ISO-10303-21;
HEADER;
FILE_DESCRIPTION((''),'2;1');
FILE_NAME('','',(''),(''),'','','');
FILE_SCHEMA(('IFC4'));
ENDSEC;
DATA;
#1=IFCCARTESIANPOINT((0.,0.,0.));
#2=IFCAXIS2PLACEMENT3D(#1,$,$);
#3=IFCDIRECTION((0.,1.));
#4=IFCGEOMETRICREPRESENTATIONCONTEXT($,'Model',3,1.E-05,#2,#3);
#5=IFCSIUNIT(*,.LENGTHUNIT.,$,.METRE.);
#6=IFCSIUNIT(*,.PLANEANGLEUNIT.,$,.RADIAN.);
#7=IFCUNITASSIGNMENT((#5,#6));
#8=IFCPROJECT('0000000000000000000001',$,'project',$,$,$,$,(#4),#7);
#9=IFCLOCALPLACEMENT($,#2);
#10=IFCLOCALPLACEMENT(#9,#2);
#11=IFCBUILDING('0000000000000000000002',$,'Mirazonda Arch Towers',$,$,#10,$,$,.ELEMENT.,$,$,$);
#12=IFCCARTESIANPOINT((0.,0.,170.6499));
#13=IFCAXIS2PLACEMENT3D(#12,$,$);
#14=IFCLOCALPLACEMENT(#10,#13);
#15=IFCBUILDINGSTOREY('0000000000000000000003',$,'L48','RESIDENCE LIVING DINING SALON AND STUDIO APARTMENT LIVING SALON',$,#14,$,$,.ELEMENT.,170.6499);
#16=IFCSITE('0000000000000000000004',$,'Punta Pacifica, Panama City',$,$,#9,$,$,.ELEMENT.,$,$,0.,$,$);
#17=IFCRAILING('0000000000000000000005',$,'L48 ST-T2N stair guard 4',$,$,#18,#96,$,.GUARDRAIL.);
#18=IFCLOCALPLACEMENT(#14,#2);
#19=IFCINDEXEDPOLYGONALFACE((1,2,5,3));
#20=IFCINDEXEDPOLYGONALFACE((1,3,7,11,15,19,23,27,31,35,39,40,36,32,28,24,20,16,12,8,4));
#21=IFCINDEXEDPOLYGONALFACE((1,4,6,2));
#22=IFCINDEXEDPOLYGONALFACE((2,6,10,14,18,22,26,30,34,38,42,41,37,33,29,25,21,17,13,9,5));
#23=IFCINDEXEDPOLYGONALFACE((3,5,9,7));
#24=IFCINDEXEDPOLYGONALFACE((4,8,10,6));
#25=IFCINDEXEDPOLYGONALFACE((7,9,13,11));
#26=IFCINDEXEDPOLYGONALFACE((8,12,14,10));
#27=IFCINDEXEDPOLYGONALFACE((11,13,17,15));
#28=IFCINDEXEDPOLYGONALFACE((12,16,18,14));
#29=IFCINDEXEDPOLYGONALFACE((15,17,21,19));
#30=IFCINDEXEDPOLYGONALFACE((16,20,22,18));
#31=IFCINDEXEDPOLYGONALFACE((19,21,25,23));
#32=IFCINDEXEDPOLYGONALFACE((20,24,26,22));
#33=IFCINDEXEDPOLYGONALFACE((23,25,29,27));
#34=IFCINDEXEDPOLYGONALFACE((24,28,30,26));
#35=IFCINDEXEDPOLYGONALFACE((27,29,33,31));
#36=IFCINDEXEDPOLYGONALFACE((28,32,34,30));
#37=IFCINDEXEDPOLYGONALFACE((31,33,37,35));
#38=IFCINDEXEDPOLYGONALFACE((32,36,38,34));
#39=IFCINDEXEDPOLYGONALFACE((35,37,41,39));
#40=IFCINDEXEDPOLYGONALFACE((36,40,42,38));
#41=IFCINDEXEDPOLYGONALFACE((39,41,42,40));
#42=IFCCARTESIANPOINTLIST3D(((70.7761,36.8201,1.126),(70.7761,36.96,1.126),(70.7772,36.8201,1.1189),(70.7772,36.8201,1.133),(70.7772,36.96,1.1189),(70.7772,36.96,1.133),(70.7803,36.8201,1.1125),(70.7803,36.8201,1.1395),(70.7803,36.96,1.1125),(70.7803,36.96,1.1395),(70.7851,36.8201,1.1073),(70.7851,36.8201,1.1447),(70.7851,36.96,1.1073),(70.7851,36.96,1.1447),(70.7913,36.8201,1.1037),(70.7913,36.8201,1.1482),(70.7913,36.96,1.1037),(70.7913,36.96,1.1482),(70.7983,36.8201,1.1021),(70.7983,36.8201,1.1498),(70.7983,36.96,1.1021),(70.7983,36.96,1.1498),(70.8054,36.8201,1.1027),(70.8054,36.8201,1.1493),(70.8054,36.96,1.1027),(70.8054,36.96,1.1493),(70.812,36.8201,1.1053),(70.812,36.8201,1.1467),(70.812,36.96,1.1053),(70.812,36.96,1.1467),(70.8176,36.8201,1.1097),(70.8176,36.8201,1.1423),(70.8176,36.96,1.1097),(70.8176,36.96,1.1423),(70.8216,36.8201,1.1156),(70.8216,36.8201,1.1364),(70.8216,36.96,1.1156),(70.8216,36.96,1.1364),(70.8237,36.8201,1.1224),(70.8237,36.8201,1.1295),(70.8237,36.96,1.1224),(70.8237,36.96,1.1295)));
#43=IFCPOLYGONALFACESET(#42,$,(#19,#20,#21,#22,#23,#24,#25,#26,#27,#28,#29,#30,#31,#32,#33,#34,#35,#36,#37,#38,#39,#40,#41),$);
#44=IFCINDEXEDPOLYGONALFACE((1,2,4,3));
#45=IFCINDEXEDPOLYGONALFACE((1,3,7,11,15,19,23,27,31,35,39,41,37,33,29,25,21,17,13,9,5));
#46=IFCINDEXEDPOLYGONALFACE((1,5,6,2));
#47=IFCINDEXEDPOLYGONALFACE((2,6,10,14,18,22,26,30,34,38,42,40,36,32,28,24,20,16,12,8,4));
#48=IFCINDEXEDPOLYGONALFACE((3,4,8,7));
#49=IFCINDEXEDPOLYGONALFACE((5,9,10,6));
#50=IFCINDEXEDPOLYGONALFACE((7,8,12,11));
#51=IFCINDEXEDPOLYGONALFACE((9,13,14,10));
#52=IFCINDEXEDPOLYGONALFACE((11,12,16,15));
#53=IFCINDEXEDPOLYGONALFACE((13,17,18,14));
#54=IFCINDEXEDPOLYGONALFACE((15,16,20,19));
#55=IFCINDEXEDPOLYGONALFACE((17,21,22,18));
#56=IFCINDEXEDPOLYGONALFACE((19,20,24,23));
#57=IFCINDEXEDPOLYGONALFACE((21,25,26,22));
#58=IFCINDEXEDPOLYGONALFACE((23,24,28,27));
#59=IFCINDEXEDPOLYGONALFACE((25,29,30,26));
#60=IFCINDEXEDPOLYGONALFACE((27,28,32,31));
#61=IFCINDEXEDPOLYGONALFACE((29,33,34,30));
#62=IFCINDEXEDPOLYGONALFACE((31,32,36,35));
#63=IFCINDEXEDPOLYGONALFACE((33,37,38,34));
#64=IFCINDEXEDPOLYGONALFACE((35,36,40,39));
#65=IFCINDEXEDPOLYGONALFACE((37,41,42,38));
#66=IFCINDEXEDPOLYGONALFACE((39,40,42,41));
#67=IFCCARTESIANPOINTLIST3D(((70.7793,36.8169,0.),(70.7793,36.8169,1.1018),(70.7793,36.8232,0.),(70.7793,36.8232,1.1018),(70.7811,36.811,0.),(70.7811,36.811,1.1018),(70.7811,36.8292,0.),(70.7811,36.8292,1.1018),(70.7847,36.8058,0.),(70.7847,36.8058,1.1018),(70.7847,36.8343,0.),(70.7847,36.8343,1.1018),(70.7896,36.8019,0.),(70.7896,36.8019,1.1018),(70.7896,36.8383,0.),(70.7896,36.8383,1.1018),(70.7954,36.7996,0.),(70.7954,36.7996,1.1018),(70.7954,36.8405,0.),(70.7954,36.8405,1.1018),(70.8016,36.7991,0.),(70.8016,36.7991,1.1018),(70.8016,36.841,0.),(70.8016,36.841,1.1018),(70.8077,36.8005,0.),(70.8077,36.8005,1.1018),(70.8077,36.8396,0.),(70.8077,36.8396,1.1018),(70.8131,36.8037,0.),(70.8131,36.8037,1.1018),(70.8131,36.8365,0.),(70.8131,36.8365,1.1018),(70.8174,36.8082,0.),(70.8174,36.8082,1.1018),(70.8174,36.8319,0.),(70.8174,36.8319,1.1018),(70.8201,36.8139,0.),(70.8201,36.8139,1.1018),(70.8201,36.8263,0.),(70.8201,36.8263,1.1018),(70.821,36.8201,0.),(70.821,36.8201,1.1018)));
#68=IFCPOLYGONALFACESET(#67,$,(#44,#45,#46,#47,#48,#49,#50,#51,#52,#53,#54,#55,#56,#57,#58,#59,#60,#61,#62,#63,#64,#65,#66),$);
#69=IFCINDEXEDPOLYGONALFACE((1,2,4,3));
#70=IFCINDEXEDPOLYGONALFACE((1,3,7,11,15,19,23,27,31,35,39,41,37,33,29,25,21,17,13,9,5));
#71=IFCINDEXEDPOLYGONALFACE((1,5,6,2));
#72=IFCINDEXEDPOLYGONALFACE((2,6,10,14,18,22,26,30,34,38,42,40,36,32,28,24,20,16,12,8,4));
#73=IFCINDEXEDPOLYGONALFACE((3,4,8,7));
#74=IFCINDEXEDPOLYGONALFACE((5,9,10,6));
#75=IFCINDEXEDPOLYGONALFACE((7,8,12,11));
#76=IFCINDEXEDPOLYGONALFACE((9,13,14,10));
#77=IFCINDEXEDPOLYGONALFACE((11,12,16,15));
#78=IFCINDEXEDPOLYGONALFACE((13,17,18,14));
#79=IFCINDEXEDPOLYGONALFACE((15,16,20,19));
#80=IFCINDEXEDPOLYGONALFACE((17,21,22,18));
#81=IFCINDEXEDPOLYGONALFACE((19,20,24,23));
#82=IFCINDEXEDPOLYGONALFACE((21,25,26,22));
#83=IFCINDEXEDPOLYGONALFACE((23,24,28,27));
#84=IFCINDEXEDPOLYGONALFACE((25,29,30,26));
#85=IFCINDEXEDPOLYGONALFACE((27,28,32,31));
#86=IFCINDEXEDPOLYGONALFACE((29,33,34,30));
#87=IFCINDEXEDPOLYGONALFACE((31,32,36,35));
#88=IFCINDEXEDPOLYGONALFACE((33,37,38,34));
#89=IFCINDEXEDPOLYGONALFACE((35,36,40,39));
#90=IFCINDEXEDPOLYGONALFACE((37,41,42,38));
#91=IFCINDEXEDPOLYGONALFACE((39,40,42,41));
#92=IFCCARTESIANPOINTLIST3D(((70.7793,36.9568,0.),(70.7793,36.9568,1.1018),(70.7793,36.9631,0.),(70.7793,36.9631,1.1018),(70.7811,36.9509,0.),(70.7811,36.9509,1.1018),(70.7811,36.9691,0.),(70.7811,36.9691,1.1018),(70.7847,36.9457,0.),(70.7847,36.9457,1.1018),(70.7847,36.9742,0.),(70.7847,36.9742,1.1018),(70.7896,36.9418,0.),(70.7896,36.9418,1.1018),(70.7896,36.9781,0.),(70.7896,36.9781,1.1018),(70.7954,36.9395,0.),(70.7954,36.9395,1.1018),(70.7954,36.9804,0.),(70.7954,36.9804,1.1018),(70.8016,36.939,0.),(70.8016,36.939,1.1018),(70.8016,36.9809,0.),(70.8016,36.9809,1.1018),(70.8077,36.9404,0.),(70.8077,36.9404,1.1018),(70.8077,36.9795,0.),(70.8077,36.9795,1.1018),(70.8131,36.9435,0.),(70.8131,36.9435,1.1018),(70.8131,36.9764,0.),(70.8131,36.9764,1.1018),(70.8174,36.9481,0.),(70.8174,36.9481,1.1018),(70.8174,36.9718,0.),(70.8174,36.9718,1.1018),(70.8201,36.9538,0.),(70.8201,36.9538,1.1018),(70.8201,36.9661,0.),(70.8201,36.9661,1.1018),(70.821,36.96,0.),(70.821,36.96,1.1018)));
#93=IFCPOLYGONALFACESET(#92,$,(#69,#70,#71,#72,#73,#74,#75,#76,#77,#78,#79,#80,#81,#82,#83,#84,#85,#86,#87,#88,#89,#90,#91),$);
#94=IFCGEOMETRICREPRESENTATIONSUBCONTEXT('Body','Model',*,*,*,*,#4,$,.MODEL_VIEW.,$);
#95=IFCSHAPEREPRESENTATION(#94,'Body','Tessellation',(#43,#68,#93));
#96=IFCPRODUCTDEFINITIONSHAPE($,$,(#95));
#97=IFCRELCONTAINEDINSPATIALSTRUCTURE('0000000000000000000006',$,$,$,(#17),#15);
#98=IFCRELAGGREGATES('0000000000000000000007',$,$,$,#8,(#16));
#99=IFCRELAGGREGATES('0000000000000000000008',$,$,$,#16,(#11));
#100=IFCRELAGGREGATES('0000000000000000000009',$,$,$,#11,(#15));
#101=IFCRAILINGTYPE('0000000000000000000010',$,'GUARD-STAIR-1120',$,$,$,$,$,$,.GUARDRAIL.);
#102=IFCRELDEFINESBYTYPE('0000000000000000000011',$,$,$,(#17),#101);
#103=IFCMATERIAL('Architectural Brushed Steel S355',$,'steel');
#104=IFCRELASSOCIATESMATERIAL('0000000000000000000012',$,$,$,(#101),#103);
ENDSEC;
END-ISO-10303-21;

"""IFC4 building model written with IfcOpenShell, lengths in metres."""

from ifc_helpers import new_model, si_unit, direction, frame, origin, origin_2d, place, context, subcontext, project, spatial, circle, extrude, material, type_object, element, save


model = new_model("IFC4")

# Units and contexts
model_context = context("Model", 3, precision=1e-05, world=origin(), true_north=direction((0.0, 1.0)))
body_context = subcontext(model_context, "Body", "Model", "MODEL_VIEW")
ifc_project = project(units=[si_unit("LENGTHUNIT", "METRE"), si_unit("PLANEANGLEUNIT", "RADIAN")], contexts=[model_context])

# Site, building, storey
site_placement = place(None, origin())
site = spatial("IfcSite", under=ifc_project, at=site_placement, Name="Punta Pacifica, Panama City", CompositionType="ELEMENT", RefElevation=0.0)
building_placement = place(site_placement, origin())
building = spatial("IfcBuilding", under=site, at=building_placement, Name="Mirazonda Arch Towers", CompositionType="ELEMENT")
storey_placement = place(building_placement, frame((0.0, 0.0, 170.6499)))
storey = spatial("IfcBuildingStorey", under=building, at=storey_placement, Name="L48", Description="RESIDENCE LIVING DINING SALON AND STUDIO APARTMENT LIVING SALON", CompositionType="ELEMENT", Elevation=170.6499)

# Railing
ifc_material_1 = material(Name="Architectural Brushed Steel S355", Category="steel")
railing_type = type_object("IfcRailingType", Name="GUARD-STAIR-1120", PredefinedType="GUARDRAIL", material=ifc_material_1)
railing_1_placement = place(storey_placement, frame((70.8, 36.8201, 0.0)))
element("IfcRailing", 1, at=railing_1_placement, inside=storey, type_object=railing_type, Name="L48 ST-T2N stair guard 4", PredefinedType="GUARDRAIL", context=body_context, shape_type="SweptSolid", body=[
    extrude(circle(Radius=0.0239, at=origin_2d()), frame((0.0, 0.0, 1.126), z_axis=(0.0, 1.0, 0.0), x_axis=(-1.0, 0.0, 0.0)), (0.0, 0.0, 1.0), 0.1399),
    extrude(circle(Radius=0.021, at=origin_2d()), origin(), (0.0, 0.0, 1.0), 1.1018),
    extrude(circle(Radius=0.021, at=origin_2d()), frame((0.0, 0.1399, 0.0)), (0.0, 0.0, 1.0), 1.1018),
])

save(model, "model.ifc")
